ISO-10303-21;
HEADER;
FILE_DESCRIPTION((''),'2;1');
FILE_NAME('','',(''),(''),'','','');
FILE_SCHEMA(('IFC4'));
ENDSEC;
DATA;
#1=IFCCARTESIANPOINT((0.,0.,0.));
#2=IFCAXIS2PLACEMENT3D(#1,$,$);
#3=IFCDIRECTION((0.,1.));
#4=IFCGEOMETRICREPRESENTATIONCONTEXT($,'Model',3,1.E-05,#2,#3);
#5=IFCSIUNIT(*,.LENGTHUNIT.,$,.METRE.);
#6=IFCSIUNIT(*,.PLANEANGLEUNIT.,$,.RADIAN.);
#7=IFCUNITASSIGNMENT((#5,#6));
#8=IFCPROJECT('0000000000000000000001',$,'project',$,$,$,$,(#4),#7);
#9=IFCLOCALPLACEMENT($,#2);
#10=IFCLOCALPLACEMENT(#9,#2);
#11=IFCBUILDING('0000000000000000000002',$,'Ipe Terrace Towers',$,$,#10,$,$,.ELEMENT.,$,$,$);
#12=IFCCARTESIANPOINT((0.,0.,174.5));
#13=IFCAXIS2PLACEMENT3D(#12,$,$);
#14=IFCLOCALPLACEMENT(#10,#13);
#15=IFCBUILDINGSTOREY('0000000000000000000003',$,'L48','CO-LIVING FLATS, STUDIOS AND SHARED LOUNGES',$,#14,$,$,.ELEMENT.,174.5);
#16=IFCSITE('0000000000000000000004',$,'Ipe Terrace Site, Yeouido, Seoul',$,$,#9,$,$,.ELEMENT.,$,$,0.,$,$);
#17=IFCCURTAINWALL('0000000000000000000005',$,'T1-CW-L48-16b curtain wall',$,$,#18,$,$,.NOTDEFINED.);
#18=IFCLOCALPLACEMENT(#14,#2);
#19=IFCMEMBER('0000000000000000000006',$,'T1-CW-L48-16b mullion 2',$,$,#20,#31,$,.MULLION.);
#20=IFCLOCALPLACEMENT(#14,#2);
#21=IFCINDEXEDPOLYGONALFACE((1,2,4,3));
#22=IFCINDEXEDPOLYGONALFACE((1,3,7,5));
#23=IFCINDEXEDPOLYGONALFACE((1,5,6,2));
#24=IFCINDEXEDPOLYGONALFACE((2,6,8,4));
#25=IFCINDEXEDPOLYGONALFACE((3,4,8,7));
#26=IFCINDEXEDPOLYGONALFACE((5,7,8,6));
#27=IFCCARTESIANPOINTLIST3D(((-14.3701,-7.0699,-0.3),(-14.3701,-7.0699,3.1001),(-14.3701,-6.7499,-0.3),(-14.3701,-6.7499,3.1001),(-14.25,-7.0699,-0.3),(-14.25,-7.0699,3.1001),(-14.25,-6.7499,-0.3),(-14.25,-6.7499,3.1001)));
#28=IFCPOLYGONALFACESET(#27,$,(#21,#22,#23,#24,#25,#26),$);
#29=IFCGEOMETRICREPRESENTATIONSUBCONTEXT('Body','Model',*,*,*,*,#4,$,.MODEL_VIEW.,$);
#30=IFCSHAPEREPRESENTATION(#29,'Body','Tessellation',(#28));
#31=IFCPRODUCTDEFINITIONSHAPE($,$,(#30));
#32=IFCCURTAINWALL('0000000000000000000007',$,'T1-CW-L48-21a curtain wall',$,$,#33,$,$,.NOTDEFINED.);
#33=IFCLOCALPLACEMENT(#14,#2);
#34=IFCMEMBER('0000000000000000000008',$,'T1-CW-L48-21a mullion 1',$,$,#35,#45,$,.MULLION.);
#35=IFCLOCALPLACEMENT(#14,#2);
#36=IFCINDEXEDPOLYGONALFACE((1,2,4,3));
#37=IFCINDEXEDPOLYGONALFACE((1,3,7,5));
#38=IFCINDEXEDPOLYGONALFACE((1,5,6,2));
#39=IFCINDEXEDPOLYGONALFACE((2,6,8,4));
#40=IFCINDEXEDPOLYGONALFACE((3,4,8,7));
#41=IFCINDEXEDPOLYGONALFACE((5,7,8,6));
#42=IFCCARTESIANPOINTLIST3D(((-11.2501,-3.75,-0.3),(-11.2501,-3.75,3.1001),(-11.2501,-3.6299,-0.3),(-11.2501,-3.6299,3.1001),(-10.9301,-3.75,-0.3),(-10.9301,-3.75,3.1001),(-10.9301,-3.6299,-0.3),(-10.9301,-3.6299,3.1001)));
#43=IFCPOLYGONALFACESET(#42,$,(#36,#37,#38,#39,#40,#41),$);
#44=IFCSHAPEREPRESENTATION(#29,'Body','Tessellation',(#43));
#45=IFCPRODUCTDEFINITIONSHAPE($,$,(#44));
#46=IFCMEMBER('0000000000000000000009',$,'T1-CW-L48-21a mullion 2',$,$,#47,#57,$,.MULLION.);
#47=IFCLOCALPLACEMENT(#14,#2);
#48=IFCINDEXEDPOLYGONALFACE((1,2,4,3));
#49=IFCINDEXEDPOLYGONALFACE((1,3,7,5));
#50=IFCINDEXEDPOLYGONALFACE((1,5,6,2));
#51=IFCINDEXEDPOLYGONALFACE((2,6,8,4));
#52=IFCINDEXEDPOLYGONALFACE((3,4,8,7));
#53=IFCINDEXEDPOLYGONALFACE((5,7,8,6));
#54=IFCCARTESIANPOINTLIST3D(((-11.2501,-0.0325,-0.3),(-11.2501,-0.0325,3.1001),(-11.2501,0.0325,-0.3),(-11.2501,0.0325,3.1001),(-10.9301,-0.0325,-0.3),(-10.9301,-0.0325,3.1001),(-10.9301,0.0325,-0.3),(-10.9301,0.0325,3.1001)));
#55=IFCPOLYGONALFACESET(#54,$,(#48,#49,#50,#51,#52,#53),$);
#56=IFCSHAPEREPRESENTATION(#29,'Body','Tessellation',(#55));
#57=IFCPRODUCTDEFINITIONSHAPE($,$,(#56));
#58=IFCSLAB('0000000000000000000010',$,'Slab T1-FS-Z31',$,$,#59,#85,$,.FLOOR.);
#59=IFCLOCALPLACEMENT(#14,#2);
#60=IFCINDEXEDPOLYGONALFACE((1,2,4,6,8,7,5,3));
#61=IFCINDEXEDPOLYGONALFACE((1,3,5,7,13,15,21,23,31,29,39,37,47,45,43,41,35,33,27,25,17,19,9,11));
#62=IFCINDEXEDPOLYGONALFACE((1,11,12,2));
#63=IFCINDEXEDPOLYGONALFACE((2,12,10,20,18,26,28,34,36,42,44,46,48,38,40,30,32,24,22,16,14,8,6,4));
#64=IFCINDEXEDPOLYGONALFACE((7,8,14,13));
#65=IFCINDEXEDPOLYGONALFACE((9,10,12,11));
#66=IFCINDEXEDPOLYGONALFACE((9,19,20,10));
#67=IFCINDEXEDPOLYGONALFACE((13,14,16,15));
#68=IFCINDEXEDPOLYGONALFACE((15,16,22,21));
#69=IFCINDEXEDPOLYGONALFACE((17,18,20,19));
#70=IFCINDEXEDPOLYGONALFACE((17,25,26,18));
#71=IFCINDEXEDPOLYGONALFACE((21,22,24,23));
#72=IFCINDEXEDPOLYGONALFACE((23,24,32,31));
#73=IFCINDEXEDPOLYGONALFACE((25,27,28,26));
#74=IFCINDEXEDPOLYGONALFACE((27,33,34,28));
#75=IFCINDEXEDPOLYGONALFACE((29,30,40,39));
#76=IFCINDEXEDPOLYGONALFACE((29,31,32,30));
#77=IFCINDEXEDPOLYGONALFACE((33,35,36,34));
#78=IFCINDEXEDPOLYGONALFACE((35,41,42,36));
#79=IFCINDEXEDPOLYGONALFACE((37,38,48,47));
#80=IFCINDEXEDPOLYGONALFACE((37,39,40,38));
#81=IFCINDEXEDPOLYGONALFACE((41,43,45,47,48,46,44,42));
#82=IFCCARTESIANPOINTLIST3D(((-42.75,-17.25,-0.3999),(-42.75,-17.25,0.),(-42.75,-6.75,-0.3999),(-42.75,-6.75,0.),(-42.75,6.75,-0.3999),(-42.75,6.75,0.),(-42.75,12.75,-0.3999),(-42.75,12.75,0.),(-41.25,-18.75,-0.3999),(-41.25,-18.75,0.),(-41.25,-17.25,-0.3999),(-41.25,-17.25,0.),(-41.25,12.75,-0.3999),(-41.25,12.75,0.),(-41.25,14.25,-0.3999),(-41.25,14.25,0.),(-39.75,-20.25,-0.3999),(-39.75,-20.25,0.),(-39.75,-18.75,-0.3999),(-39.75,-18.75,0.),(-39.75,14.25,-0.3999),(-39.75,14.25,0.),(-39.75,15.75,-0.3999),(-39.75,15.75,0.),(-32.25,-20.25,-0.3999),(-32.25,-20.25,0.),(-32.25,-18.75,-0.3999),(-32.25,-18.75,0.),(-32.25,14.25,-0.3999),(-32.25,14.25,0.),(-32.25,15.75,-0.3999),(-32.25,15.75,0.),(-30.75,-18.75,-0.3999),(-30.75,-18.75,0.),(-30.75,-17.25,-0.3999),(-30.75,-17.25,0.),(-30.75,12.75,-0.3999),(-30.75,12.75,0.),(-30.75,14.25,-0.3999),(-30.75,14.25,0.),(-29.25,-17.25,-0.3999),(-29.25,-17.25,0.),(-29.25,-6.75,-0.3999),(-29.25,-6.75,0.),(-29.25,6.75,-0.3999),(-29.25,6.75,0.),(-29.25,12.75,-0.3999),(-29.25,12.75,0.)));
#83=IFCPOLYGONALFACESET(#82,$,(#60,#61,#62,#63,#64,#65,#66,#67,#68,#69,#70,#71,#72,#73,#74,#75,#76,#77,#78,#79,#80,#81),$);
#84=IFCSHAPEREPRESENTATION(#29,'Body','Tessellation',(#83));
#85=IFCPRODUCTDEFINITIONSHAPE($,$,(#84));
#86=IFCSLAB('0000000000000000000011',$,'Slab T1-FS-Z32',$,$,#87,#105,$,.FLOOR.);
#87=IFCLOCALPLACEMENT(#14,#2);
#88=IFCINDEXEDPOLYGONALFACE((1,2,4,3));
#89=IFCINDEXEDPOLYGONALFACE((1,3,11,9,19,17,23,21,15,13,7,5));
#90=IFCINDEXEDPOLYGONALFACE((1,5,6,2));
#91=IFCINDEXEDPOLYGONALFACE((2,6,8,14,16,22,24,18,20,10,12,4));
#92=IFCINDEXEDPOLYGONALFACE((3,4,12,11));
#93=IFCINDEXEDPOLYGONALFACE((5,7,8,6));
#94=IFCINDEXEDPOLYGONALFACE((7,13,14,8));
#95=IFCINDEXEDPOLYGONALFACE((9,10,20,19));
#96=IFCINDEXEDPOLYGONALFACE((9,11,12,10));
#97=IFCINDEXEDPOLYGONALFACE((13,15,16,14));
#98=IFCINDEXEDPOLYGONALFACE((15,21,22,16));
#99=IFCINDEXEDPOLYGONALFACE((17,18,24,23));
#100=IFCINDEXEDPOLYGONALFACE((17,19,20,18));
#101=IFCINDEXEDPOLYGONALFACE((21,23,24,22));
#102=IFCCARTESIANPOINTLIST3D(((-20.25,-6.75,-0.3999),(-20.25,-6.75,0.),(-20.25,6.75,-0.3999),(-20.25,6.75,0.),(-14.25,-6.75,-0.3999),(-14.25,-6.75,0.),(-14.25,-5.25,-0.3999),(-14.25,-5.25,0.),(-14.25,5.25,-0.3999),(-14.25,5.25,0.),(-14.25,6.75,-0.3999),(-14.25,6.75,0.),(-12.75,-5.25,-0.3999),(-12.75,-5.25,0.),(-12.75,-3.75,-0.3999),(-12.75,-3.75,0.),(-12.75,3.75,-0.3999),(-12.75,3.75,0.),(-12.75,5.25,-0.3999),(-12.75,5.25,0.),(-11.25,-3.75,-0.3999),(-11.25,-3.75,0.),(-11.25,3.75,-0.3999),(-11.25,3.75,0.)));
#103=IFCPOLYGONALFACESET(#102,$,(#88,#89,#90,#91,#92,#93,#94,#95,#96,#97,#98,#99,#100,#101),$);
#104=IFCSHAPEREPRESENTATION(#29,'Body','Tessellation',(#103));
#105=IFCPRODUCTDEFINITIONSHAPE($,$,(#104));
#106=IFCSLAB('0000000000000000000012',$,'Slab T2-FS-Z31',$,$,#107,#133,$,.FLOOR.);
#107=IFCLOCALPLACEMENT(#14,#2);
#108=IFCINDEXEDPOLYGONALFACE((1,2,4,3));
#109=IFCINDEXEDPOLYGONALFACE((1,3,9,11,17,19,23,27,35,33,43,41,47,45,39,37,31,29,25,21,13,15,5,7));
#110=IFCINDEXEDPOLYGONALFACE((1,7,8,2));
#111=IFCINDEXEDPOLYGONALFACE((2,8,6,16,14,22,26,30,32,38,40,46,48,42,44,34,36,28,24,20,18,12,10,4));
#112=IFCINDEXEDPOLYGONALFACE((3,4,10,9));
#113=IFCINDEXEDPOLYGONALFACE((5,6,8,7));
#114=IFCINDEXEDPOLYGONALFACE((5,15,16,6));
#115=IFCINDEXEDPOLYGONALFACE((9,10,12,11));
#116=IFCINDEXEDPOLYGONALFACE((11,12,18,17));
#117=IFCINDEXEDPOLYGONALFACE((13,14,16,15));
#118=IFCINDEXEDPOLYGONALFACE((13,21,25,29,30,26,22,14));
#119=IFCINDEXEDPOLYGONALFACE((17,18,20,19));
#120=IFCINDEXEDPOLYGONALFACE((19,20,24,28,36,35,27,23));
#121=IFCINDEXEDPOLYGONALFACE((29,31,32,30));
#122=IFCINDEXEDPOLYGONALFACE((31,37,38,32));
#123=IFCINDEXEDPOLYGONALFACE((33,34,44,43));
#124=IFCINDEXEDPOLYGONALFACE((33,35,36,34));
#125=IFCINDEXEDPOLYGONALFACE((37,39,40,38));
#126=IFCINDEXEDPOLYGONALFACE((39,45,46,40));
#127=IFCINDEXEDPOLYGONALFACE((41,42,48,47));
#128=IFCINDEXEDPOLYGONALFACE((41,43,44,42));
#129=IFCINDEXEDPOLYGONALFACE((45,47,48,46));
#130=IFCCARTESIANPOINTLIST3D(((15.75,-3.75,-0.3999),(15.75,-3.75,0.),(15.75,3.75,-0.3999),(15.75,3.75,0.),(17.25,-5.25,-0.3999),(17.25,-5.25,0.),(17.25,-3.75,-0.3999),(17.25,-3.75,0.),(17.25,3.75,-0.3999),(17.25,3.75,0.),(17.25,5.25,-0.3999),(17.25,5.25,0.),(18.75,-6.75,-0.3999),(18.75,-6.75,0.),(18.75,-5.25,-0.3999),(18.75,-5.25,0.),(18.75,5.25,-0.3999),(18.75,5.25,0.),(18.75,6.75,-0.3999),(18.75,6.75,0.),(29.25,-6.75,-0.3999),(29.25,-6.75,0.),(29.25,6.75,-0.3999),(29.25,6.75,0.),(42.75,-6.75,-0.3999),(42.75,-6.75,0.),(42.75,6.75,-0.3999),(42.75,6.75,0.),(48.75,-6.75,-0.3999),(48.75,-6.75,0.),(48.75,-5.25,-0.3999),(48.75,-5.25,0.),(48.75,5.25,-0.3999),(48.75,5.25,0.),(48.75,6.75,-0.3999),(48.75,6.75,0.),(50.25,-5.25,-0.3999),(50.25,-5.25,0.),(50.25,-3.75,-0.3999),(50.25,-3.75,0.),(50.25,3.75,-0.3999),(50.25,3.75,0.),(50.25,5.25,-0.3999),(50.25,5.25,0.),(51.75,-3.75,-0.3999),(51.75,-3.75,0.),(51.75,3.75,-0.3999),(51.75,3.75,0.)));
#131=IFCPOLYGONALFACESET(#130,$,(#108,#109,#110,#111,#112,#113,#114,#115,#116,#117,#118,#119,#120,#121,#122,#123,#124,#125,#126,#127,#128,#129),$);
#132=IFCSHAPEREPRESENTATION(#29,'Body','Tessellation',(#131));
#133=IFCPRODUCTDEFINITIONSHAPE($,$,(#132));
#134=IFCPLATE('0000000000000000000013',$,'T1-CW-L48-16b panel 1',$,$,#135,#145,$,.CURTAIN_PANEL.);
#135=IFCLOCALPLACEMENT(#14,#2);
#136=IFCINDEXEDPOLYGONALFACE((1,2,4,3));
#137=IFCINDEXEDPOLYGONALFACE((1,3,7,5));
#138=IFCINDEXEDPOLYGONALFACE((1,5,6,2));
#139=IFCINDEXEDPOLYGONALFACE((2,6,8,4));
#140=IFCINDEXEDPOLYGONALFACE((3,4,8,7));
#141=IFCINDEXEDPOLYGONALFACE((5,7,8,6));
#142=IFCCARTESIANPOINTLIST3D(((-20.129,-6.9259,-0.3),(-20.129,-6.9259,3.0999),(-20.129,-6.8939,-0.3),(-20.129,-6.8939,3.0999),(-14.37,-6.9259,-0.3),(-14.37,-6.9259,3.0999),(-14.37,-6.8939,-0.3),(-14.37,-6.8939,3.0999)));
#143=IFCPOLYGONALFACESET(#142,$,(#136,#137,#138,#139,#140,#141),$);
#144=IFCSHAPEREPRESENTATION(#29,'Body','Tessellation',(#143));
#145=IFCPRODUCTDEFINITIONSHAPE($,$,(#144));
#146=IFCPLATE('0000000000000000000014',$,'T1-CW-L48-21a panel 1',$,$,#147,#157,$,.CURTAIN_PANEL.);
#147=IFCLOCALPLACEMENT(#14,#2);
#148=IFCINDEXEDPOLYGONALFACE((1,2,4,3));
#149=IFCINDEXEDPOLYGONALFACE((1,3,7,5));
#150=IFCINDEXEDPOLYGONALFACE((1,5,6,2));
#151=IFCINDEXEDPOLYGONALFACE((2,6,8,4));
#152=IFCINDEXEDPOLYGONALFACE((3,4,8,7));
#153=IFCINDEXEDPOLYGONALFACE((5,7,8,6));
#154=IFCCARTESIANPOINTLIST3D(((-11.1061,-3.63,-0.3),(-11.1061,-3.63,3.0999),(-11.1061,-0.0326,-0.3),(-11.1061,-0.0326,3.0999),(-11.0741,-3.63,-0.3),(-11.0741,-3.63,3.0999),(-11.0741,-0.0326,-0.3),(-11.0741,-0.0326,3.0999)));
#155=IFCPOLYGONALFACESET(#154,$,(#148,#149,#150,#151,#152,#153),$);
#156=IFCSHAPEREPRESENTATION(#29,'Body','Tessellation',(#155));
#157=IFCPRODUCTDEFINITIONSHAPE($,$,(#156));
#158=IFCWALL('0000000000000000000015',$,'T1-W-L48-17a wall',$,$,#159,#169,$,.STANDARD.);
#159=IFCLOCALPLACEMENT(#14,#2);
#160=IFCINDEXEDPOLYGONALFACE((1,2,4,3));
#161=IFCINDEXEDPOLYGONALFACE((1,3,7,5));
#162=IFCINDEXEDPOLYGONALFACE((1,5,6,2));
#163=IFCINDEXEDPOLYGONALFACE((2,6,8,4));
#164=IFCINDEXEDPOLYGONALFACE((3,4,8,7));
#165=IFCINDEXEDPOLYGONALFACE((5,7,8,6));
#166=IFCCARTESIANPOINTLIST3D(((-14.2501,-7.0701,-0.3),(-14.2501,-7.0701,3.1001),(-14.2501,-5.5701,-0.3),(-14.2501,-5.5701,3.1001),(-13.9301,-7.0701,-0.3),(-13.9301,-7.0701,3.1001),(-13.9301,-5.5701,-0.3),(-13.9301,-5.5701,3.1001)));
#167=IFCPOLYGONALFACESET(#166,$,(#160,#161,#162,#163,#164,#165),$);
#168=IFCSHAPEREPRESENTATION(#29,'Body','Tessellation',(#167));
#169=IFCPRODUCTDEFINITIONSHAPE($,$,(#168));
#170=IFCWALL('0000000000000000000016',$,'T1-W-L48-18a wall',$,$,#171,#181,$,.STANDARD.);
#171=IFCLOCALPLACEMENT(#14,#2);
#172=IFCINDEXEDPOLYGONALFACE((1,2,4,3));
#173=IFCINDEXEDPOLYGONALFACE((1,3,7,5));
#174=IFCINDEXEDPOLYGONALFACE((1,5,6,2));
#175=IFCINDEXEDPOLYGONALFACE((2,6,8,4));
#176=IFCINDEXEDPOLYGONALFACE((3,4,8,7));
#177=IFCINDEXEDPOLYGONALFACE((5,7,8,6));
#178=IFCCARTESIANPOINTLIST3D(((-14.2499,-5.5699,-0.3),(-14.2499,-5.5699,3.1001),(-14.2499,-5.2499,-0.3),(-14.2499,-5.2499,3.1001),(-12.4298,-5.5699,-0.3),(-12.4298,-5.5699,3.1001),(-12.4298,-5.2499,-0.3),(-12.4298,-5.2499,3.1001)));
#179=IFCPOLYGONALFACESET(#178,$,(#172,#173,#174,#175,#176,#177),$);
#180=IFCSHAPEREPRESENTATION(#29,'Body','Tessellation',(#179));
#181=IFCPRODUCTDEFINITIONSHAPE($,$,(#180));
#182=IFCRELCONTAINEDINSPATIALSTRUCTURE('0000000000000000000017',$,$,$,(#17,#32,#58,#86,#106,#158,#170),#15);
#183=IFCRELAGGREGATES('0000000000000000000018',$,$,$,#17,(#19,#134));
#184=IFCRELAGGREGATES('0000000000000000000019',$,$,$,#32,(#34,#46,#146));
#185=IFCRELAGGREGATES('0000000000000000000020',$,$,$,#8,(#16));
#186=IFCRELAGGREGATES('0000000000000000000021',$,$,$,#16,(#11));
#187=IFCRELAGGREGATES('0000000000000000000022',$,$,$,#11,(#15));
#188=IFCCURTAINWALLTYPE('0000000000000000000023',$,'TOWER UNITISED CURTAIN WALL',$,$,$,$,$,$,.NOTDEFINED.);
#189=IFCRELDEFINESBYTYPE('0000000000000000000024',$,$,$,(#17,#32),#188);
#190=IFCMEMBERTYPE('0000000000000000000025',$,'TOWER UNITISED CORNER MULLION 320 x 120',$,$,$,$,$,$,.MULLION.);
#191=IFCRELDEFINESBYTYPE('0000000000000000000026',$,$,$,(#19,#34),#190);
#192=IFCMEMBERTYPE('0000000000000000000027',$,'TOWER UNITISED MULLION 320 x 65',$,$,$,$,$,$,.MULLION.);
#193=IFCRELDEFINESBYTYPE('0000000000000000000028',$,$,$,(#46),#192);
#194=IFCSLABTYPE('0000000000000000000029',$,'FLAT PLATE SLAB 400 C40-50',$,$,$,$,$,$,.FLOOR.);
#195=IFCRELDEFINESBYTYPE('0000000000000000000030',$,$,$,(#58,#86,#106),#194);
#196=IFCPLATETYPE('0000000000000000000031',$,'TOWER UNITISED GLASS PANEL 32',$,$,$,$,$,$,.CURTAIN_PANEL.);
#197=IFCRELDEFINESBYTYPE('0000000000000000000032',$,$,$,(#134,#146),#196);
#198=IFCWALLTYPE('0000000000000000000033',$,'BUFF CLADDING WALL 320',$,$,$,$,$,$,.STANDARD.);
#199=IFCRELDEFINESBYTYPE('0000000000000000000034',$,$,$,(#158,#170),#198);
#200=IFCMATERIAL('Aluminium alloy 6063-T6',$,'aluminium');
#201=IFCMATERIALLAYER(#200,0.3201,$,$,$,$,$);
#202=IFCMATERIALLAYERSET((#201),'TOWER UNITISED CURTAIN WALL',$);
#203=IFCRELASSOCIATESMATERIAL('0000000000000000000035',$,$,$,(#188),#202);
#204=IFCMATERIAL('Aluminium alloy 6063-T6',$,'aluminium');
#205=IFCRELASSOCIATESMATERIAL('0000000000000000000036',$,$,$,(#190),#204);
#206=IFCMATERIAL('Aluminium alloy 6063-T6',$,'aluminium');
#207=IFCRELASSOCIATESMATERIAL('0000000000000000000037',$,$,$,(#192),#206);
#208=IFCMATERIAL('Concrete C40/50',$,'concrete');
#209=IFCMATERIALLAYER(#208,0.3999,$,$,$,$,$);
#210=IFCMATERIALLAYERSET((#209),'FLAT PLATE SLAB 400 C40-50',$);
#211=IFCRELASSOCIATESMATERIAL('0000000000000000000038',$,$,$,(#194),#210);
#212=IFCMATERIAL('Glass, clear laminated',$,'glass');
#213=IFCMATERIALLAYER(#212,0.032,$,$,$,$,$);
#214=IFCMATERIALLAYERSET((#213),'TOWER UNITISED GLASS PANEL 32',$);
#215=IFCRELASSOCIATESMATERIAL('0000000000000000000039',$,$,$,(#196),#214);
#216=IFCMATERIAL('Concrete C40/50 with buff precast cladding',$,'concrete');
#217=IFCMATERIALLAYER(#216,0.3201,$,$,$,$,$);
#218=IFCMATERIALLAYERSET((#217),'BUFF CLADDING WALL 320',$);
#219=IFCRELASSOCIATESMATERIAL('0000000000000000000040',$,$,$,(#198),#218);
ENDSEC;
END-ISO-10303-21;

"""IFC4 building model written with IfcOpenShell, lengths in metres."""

from ifc_helpers import new_model, si_unit, direction, frame, frame_2d, origin, origin_2d, place, context, subcontext, project, spatial, polyline, rectangle, outline, extrude, material, layer, layer_set, material_profile, profile_set, type_object, element, aggregate, save


model = new_model("IFC4")

# Units and contexts
model_context = context("Model", 3, precision=1e-05, world=origin(), true_north=direction((0.0, 1.0)))
body_context = subcontext(model_context, "Body", "Model", "MODEL_VIEW")
ifc_project = project(units=[si_unit("LENGTHUNIT", "METRE"), si_unit("PLANEANGLEUNIT", "RADIAN")], contexts=[model_context])

# Site, building, storey
site_placement = place(None, origin())
site = spatial("IfcSite", under=ifc_project, at=site_placement, Name="Ipe Terrace Site, Yeouido, Seoul", CompositionType="ELEMENT", RefElevation=0.0)
building_placement = place(site_placement, origin())
building = spatial("IfcBuilding", under=site, at=building_placement, Name="Ipe Terrace Towers", CompositionType="ELEMENT")
storey_placement = place(building_placement, frame((0.0, 0.0, 174.5)))
storey = spatial("IfcBuildingStorey", under=building, at=storey_placement, Name="L48", Description="CO-LIVING FLATS, STUDIOS AND SHARED LOUNGES", CompositionType="ELEMENT", Elevation=174.5)

# Curtain walls, members
ifc_material_1 = material(Name="Aluminium alloy 6063-T6", Category="aluminium")
ifc_layer_1 = layer(ifc_material_1, 0.3201)
ifc_layer_set_1 = layer_set([ifc_layer_1], Name="TOWER UNITISED CURTAIN WALL")
curtain_wall_type = type_object("IfcCurtainWallType", Name="TOWER UNITISED CURTAIN WALL", PredefinedType="NOTDEFINED", material=ifc_layer_set_1)
curtain_wall_1_placement = place(storey_placement, origin())
curtain_wall_1 = element("IfcCurtainWall", 1, at=curtain_wall_1_placement, inside=storey, type_object=curtain_wall_type, Name="T1-CW-L48-16b curtain wall", PredefinedType="NOTDEFINED")
ifc_material_2 = material(Name="Aluminium alloy 6063-T6", Category="aluminium")
ifc_material_profile_1 = material_profile(ifc_material_2, rectangle(XDim=0.3201, YDim=0.1201, at=origin_2d()), Name="TOWER UNITISED CORNER MULLION 320 x 120")
ifc_profile_set_1 = profile_set([ifc_material_profile_1], Name="Aluminium alloy 6063-T6")
member_type_1 = type_object("IfcMemberType", Name="TOWER UNITISED CORNER MULLION 320 x 120", PredefinedType="MULLION", material=ifc_profile_set_1)
member_1_placement = place(storey_placement, frame((-14.3101, -6.9099, -0.3), z_axis=(0.0, 0.0, 1.0), x_axis=(0.0, -1.0, 0.0)))
member_1 = element("IfcMember", 2, at=member_1_placement, type_object=member_type_1, Name="T1-CW-L48-16b mullion 2", PredefinedType="MULLION", context=body_context, shape_type="SweptSolid", body=[
    extrude(rectangle(XDim=0.3201, YDim=0.1201, at=origin_2d()), origin(), (0.0, 0.0, 1.0), 3.4001),
])
curtain_wall_2_placement = place(storey_placement, origin())
curtain_wall_2 = element("IfcCurtainWall", 3, at=curtain_wall_2_placement, inside=storey, type_object=curtain_wall_type, Name="T1-CW-L48-21a curtain wall", PredefinedType="NOTDEFINED")
member_2_placement = place(storey_placement, frame((-11.0901, -3.6899, -0.3), z_axis=(0.0, 0.0, 1.0), x_axis=(1.0, 0.0, 0.0)))
member_2 = element("IfcMember", 4, at=member_2_placement, type_object=member_type_1, Name="T1-CW-L48-21a mullion 1", PredefinedType="MULLION", context=body_context, shape_type="SweptSolid", body=[
    extrude(rectangle(XDim=0.3201, YDim=0.1201, at=origin_2d()), origin(), (0.0, 0.0, 1.0), 3.4001),
])
ifc_material_3 = material(Name="Aluminium alloy 6063-T6", Category="aluminium")
ifc_material_profile_2 = material_profile(ifc_material_3, rectangle(XDim=0.3201, YDim=0.0649, at=origin_2d()), Name="TOWER UNITISED MULLION 320 x 65")
ifc_profile_set_2 = profile_set([ifc_material_profile_2], Name="Aluminium alloy 6063-T6")
member_type_2 = type_object("IfcMemberType", Name="TOWER UNITISED MULLION 320 x 65", PredefinedType="MULLION", material=ifc_profile_set_2)
member_3_placement = place(storey_placement, frame((-11.0901, 0.0, -0.3), z_axis=(0.0, 0.0, 1.0), x_axis=(1.0, 0.0, 0.0)))
member_3 = element("IfcMember", 5, at=member_3_placement, type_object=member_type_2, Name="T1-CW-L48-21a mullion 2", PredefinedType="MULLION", context=body_context, shape_type="SweptSolid", body=[
    extrude(rectangle(XDim=0.3201, YDim=0.0649, at=origin_2d()), origin(), (0.0, 0.0, 1.0), 3.4001),
])

# Slabs
ifc_material_4 = material(Name="Concrete C40/50", Category="concrete")
ifc_layer_2 = layer(ifc_material_4, 0.3999)
ifc_layer_set_2 = layer_set([ifc_layer_2], Name="FLAT PLATE SLAB 400 C40-50")
slab_type = type_object("IfcSlabType", Name="FLAT PLATE SLAB 400 C40-50", PredefinedType="FLOOR", material=ifc_layer_set_2)
slab_1_placement = place(storey_placement, frame((0.0, 0.0, -0.3999)))
element("IfcSlab", 6, at=slab_1_placement, inside=storey, type_object=slab_type, Name="Slab T1-FS-Z31", PredefinedType="FLOOR", context=body_context, shape_type="SweptSolid", body=[
    extrude(outline(polyline([(-30.75, -17.25), (-30.75, -18.75), (-32.25, -18.75), (-32.25, -20.25), (-39.75, -20.25), (-39.75, -18.75), (-41.25, -18.75), (-41.25, -17.25), (-42.75, -17.25), (-42.75, -6.75), (-42.75, 6.75), (-42.75, 12.75), (-41.25, 12.75), (-41.25, 14.25), (-39.75, 14.25), (-39.75, 15.75), (-32.25, 15.75), (-32.25, 14.25), (-30.75, 14.25), (-30.75, 12.75), (-29.25, 12.75), (-29.25, 6.75), (-29.25, -6.75), (-29.25, -17.25), (-30.75, -17.25)])), origin(), (0.0, 0.0, 1.0), 0.3999),
])
slab_2_placement = place(storey_placement, frame((0.0, 0.0, -0.3999)))
element("IfcSlab", 7, at=slab_2_placement, inside=storey, type_object=slab_type, Name="Slab T1-FS-Z32", PredefinedType="FLOOR", context=body_context, shape_type="SweptSolid", body=[
    extrude(outline(polyline([(-14.25, 5.25), (-12.75, 5.25), (-12.75, 3.75), (-11.25, 3.75), (-11.25, -3.75), (-12.75, -3.75), (-12.75, -5.25), (-14.25, -5.25), (-14.25, -6.75), (-20.25, -6.75), (-20.25, 6.75), (-14.25, 6.75), (-14.25, 5.25)])), origin(), (0.0, 0.0, 1.0), 0.3999),
])
slab_3_placement = place(storey_placement, frame((0.0, 0.0, -0.3999)))
element("IfcSlab", 8, at=slab_3_placement, inside=storey, type_object=slab_type, Name="Slab T2-FS-Z31", PredefinedType="FLOOR", context=body_context, shape_type="SweptSolid", body=[
    extrude(outline(polyline([(48.75, 5.25), (50.25, 5.25), (50.25, 3.75), (51.75, 3.75), (51.75, -3.75), (50.25, -3.75), (50.25, -5.25), (48.75, -5.25), (48.75, -6.75), (42.75, -6.75), (29.25, -6.75), (18.75, -6.75), (18.75, -5.25), (17.25, -5.25), (17.25, -3.75), (15.75, -3.75), (15.75, 3.75), (17.25, 3.75), (17.25, 5.25), (18.75, 5.25), (18.75, 6.75), (29.25, 6.75), (42.75, 6.75), (48.75, 6.75), (48.75, 5.25)])), origin(), (0.0, 0.0, 1.0), 0.3999),
])

# Plates
ifc_material_5 = material(Name="Glass, clear laminated", Category="glass")
ifc_layer_3 = layer(ifc_material_5, 0.032)
ifc_layer_set_3 = layer_set([ifc_layer_3], Name="TOWER UNITISED GLASS PANEL 32")
plate_type = type_object("IfcPlateType", Name="TOWER UNITISED GLASS PANEL 32", PredefinedType="CURTAIN_PANEL", material=ifc_layer_set_3)
plate_1_placement = place(storey_placement, frame((-17.2495, -6.9099, -0.3), z_axis=(0.0, 0.0, 1.0), x_axis=(1.0, 0.0, 0.0)))
plate_1 = element("IfcPlate", 9, at=plate_1_placement, type_object=plate_type, Name="T1-CW-L48-16b panel 1", PredefinedType="CURTAIN_PANEL", context=body_context, shape_type="SweptSolid", body=[
    extrude(rectangle(XDim=5.759, YDim=0.032, at=origin_2d()), origin(), (0.0, 0.0, 1.0), 3.3999),
])
aggregate(curtain_wall_1, [member_1, plate_1])
plate_2_placement = place(storey_placement, frame((-11.0901, -1.8313, -0.3), z_axis=(0.0, 0.0, 1.0), x_axis=(0.0, 1.0, 0.0)))
plate_2 = element("IfcPlate", 10, at=plate_2_placement, type_object=plate_type, Name="T1-CW-L48-21a panel 1", PredefinedType="CURTAIN_PANEL", context=body_context, shape_type="SweptSolid", body=[
    extrude(rectangle(XDim=3.5974, YDim=0.032, at=origin_2d()), origin(), (0.0, 0.0, 1.0), 3.3999),
])
aggregate(curtain_wall_2, [member_2, member_3, plate_2])

# Walls
ifc_material_6 = material(Name="Concrete C40/50 with buff precast cladding", Category="concrete")
ifc_layer_4 = layer(ifc_material_6, 0.3201)
ifc_layer_set_4 = layer_set([ifc_layer_4], Name="BUFF CLADDING WALL 320")
wall_type_1 = type_object("IfcWallType", Name="BUFF CLADDING WALL 320", PredefinedType="STANDARD", material=ifc_layer_set_4)
wall_1_placement = place(storey_placement, frame((-14.0901, -7.0701, -0.3), z_axis=(0.0, 0.0, 1.0), x_axis=(0.0, 1.0, 0.0)))
element("IfcWall", 11, at=wall_1_placement, inside=storey, type_object=wall_type_1, Name="T1-W-L48-17a wall", PredefinedType="STANDARD", context=body_context, shape_type="SweptSolid", body=[
    extrude(rectangle(XDim=1.5, YDim=0.3201, at=frame_2d((0.75, 0.0))), origin(), (0.0, 0.0, 1.0), 3.4001),
])
wall_2_placement = place(storey_placement, frame((-14.25, -5.4099, -0.3), z_axis=(0.0, 0.0, 1.0), x_axis=(1.0, 0.0, 0.0)))
element("IfcWall", 12, at=wall_2_placement, inside=storey, type_object=wall_type_1, Name="T1-W-L48-18a wall", PredefinedType="STANDARD", context=body_context, shape_type="SweptSolid", body=[
    extrude(rectangle(XDim=1.8201, YDim=0.3201, at=frame_2d((0.9102, 0.0))), origin(), (0.0, 0.0, 1.0), 3.4001),
])

save(model, "model.ifc")
